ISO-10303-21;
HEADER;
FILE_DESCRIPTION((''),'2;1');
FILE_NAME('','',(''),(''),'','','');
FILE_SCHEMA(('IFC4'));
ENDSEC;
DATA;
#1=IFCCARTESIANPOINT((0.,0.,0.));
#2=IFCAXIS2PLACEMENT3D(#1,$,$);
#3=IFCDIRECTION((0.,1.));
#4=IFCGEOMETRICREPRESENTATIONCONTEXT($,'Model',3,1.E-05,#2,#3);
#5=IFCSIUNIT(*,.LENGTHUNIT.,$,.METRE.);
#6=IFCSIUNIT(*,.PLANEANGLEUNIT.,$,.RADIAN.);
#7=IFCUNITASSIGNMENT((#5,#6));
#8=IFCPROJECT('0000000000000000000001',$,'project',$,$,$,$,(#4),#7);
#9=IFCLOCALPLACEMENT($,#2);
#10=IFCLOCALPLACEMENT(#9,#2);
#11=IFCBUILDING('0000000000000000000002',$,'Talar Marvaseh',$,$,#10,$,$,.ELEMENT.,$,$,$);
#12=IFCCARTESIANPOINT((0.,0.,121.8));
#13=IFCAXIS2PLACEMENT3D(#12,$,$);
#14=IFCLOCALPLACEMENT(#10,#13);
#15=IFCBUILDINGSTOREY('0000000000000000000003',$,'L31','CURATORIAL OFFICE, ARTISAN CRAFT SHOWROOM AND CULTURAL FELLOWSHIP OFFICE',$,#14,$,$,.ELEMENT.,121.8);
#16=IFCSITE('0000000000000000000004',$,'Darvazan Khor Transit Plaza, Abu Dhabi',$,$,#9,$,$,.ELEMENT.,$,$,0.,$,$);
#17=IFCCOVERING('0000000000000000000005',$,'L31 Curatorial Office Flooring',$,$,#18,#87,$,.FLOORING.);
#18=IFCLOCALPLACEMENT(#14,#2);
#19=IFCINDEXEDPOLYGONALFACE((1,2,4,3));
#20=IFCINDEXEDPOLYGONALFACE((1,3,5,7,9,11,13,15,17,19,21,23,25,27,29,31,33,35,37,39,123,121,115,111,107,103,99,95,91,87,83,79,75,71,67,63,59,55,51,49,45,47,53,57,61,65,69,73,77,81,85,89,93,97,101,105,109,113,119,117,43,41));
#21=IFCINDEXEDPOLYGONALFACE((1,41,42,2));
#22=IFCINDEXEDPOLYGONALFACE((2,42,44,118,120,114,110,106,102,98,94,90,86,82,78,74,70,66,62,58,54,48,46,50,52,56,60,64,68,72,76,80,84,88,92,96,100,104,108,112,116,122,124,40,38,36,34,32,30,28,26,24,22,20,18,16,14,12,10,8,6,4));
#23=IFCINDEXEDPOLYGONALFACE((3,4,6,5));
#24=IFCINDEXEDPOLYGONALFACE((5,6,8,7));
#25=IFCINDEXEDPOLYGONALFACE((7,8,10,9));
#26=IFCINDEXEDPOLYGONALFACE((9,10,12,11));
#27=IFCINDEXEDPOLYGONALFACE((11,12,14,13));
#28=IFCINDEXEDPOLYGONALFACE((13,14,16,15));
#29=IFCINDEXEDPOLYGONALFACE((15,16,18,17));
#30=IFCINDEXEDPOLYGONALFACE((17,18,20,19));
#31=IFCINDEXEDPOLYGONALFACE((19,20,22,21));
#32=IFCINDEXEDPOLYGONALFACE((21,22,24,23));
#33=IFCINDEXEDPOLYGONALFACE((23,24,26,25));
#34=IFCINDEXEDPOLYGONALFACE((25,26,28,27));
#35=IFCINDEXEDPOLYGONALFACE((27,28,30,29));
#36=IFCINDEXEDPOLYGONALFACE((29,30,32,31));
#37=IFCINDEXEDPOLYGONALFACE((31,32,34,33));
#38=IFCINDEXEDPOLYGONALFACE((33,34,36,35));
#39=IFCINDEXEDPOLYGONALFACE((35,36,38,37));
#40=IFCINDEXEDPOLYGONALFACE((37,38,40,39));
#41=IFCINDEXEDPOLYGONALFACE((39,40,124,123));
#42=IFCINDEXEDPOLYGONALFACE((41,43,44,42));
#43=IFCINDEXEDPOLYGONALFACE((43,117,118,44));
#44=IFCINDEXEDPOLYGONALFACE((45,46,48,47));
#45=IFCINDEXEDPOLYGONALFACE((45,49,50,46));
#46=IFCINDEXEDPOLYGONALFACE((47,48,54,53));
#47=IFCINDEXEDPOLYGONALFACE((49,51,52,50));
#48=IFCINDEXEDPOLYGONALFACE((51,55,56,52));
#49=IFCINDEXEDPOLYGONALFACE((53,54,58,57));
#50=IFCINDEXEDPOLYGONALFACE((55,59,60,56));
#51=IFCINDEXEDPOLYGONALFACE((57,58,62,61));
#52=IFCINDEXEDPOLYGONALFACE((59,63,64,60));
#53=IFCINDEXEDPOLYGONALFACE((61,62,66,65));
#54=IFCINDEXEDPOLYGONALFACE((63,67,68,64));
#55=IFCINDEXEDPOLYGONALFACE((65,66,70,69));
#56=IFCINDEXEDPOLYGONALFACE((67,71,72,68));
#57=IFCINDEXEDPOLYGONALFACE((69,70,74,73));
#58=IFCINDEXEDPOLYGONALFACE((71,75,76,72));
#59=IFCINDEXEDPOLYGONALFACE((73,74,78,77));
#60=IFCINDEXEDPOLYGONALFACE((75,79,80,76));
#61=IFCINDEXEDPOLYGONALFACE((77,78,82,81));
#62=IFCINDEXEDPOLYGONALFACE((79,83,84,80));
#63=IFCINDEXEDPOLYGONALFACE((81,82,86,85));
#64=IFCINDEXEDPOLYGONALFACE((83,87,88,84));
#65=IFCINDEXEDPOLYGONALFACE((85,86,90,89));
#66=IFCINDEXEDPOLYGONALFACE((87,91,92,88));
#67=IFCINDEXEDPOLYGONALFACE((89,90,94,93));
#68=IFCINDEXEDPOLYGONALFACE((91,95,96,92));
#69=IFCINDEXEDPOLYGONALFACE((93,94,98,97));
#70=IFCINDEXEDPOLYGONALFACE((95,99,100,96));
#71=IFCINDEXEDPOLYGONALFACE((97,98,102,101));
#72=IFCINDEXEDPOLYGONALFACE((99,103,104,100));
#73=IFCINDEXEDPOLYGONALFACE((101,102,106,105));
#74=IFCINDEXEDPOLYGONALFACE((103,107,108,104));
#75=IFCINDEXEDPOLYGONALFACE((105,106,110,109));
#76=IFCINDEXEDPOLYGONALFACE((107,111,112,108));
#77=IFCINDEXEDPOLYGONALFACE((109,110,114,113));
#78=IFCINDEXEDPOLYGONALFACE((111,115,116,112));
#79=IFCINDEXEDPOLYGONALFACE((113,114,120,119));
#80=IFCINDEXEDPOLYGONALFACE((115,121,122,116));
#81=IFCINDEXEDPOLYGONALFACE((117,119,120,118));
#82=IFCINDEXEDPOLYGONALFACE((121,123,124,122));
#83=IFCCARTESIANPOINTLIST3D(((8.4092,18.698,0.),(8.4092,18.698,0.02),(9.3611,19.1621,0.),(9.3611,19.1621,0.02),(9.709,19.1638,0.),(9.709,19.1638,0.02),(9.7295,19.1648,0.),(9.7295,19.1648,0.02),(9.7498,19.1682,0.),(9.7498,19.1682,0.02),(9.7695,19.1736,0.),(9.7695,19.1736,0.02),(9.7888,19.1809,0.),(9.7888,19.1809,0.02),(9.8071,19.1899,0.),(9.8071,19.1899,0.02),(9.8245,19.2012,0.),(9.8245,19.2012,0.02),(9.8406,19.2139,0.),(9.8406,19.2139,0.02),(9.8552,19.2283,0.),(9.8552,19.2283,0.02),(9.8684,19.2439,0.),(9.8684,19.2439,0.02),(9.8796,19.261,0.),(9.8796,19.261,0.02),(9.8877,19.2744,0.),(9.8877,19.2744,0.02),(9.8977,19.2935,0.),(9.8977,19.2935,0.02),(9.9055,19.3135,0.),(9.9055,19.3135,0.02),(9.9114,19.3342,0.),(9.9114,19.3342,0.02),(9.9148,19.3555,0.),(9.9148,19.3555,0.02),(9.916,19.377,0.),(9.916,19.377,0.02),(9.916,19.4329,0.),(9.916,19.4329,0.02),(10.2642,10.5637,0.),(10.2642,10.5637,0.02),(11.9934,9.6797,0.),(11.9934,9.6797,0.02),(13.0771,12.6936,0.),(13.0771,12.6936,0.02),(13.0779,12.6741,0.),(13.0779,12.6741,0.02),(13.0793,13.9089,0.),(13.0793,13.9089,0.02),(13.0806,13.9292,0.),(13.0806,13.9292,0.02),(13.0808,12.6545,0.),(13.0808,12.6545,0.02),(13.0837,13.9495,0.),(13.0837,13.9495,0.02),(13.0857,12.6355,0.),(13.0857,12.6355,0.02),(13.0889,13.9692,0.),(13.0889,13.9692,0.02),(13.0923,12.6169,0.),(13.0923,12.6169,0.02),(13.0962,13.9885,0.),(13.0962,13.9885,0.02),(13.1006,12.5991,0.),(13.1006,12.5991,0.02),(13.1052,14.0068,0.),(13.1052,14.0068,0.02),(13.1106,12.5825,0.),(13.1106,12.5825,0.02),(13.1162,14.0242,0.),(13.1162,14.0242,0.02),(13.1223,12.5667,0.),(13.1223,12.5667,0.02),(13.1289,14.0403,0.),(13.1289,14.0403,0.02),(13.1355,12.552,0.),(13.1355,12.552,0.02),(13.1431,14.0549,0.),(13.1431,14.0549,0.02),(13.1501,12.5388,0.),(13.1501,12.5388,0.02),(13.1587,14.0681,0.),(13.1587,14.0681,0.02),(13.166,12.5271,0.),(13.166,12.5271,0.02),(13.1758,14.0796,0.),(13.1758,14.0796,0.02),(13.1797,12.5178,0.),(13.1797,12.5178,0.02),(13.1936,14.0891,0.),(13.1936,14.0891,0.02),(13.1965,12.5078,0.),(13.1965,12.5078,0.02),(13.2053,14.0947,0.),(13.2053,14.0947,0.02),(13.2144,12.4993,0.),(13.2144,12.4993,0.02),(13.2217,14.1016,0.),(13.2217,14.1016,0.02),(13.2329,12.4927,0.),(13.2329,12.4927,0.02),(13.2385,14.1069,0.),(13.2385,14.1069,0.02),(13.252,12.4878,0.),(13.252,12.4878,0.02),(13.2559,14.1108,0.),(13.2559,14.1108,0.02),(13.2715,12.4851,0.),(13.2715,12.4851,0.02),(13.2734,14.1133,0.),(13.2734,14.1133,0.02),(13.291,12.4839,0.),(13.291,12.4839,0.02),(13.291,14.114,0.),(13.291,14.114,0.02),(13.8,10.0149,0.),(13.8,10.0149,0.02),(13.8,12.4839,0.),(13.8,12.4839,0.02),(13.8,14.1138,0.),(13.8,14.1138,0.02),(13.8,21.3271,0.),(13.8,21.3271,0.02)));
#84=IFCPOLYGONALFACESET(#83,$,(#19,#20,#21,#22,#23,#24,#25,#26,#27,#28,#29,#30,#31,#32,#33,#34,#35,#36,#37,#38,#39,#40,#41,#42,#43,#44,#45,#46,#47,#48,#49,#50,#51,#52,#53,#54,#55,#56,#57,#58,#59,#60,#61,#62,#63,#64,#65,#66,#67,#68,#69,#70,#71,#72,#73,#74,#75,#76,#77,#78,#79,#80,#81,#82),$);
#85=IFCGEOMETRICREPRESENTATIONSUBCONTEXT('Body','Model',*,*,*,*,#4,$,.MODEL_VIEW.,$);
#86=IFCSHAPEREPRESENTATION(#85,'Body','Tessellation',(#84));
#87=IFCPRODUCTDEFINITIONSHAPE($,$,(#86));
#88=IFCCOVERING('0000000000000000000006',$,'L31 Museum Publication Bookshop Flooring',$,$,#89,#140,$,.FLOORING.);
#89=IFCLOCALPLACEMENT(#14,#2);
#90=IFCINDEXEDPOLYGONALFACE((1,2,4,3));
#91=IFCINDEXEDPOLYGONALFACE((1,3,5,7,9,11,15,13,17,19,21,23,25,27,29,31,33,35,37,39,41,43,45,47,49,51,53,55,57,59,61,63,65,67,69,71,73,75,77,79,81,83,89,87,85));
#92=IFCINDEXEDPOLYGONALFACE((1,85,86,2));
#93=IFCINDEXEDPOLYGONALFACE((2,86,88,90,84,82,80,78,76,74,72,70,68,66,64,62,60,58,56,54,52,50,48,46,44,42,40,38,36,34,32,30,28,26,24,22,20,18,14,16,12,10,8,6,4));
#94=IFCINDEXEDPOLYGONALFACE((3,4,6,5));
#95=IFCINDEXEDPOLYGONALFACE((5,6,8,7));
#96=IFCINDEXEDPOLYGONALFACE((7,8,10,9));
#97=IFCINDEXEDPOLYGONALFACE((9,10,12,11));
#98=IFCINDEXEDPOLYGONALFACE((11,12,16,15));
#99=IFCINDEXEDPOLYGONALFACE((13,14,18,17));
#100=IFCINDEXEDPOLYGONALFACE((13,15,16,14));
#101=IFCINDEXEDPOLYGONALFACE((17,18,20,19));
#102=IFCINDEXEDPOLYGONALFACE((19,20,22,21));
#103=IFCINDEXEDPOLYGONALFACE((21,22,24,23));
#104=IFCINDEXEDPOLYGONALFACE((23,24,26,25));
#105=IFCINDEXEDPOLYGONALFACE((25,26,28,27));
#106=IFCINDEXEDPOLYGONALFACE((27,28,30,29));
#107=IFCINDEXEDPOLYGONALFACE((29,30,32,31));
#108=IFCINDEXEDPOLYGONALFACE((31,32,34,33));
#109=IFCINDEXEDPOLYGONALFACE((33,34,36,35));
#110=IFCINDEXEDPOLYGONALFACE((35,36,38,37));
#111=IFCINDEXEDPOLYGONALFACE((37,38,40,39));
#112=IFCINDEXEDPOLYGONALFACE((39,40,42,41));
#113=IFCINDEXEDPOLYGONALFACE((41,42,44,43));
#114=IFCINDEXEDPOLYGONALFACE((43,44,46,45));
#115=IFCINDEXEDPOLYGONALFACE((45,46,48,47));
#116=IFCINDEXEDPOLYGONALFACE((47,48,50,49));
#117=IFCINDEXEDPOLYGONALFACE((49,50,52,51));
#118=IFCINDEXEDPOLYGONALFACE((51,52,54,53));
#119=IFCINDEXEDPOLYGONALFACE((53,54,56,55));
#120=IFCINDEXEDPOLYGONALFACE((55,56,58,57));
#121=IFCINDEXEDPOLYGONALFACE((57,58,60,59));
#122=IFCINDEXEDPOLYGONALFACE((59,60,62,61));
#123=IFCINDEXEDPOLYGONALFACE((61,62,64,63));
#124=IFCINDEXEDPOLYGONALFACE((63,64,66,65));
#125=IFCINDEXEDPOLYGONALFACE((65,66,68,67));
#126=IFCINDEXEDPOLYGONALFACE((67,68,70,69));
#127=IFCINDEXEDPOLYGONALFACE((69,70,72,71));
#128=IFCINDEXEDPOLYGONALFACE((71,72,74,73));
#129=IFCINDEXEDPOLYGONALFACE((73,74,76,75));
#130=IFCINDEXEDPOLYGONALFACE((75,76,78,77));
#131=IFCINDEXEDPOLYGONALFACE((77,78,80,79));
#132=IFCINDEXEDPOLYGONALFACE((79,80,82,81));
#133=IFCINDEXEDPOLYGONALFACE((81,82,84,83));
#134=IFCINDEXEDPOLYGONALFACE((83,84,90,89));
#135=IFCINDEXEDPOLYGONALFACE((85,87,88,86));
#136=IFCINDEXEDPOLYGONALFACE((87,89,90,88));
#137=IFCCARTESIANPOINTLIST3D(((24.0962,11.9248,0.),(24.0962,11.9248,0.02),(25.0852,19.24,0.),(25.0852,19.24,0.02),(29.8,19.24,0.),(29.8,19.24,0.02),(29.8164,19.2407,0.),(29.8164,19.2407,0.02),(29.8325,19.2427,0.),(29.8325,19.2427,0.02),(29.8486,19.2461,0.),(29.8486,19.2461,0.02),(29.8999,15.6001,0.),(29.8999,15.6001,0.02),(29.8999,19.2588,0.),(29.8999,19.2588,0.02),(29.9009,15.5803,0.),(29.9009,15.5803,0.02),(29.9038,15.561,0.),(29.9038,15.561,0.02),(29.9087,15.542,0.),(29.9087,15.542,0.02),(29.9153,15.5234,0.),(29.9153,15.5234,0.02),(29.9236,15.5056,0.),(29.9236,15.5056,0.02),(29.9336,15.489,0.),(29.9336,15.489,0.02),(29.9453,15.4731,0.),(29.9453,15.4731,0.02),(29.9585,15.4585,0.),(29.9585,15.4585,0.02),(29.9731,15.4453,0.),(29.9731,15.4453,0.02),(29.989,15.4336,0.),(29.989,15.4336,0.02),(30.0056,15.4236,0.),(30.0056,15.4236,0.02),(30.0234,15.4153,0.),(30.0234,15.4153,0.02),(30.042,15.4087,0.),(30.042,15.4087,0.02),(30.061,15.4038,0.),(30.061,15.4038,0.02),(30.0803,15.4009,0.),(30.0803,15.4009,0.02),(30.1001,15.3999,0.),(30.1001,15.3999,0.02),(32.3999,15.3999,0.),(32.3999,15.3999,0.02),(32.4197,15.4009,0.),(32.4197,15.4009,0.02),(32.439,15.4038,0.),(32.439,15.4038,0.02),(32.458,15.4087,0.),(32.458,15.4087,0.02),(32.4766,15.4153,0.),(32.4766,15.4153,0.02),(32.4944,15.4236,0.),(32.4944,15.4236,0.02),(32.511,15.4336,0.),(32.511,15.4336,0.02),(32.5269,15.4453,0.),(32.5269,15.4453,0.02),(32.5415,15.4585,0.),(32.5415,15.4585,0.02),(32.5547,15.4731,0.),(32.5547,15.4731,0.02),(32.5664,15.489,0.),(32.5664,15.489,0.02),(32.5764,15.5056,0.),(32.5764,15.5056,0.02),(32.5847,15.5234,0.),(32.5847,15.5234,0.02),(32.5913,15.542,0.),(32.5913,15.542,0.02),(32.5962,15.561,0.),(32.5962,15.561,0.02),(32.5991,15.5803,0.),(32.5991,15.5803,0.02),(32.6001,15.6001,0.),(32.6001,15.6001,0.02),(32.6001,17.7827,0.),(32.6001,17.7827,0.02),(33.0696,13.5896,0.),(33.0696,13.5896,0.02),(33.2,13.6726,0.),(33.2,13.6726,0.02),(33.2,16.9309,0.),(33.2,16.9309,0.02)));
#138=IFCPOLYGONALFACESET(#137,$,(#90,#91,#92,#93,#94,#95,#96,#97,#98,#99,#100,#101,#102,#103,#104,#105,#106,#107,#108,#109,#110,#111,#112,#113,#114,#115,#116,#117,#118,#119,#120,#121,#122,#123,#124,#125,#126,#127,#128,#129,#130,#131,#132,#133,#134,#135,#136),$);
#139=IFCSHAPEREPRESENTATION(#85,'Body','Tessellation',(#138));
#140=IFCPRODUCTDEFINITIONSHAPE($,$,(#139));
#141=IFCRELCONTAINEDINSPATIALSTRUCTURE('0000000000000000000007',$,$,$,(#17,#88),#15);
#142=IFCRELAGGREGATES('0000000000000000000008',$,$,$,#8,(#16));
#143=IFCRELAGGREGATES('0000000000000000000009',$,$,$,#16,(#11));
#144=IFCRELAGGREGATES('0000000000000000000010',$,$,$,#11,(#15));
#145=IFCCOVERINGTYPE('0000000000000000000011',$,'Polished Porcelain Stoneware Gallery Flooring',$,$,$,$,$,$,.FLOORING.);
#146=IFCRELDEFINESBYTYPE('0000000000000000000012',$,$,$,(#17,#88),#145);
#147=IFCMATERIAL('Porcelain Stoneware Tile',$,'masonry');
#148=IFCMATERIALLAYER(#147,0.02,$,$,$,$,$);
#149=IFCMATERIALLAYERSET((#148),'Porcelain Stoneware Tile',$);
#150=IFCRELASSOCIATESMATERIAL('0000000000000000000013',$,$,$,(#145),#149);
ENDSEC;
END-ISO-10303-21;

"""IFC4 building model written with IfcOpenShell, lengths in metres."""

from ifc_helpers import new_model, si_unit, direction, frame, origin, place, context, subcontext, project, spatial, polyline, outline, extrude, material, layer, layer_set, type_object, element, save


model = new_model("IFC4")

# Units and contexts
model_context = context("Model", 3, precision=1e-05, world=origin(), true_north=direction((0.0, 1.0)))
body_context = subcontext(model_context, "Body", "Model", "MODEL_VIEW")
ifc_project = project(units=[si_unit("LENGTHUNIT", "METRE"), si_unit("PLANEANGLEUNIT", "RADIAN")], contexts=[model_context])

# Site, building, storey
site_placement = place(None, origin())
site = spatial("IfcSite", under=ifc_project, at=site_placement, Name="Darvazan Khor Transit Plaza, Abu Dhabi", CompositionType="ELEMENT", RefElevation=0.0)
building_placement = place(site_placement, origin())
building = spatial("IfcBuilding", under=site, at=building_placement, Name="Talar Marvaseh", CompositionType="ELEMENT")
storey_placement = place(building_placement, frame((0.0, 0.0, 121.8)))
storey = spatial("IfcBuildingStorey", under=building, at=storey_placement, Name="L31", Description="CURATORIAL OFFICE, ARTISAN CRAFT SHOWROOM AND CULTURAL FELLOWSHIP OFFICE", CompositionType="ELEMENT", Elevation=121.8)

# Coverings
ifc_material_1 = material(Name="Porcelain Stoneware Tile", Category="masonry")
ifc_layer_1 = layer(ifc_material_1, 0.02)
ifc_layer_set_1 = layer_set([ifc_layer_1], Name="Porcelain Stoneware Tile")
covering_type_1 = type_object("IfcCoveringType", Name="Polished Porcelain Stoneware Gallery Flooring", PredefinedType="FLOORING", material=ifc_layer_set_1)
covering_1_placement = place(storey_placement, origin())
element("IfcCovering", 1, at=covering_1_placement, inside=storey, type_object=covering_type_1, Name="L31 Curatorial Office Flooring", PredefinedType="FLOORING", context=body_context, shape_type="SweptSolid", body=[
    extrude(outline(polyline([(9.3611, 19.1621), (9.709, 19.1638), (9.7295, 19.1648), (9.7498, 19.1682), (9.7695, 19.1736), (9.7888, 19.1809), (9.8071, 19.1899), (9.8245, 19.2012), (9.8406, 19.2139), (9.8552, 19.2283), (9.8684, 19.2439), (9.8796, 19.261), (9.8877, 19.2744), (9.8977, 19.2935), (9.9055, 19.3135), (9.9114, 19.3342), (9.9148, 19.3555), (9.916, 19.377), (9.916, 19.4329), (13.8, 21.3271), (13.8, 14.1138), (13.291, 14.114), (13.2734, 14.1133), (13.2559, 14.1108), (13.2385, 14.1069), (13.2217, 14.1016), (13.2053, 14.0947), (13.1936, 14.0891), (13.1758, 14.0796), (13.1587, 14.0681), (13.1431, 14.0549), (13.1289, 14.0403), (13.1162, 14.0242), (13.1052, 14.0068), (13.0962, 13.9885), (13.0889, 13.9692), (13.0837, 13.9495), (13.0806, 13.9292), (13.0793, 13.9089), (13.0771, 12.6936), (13.0779, 12.6741), (13.0808, 12.6545), (13.0857, 12.6355), (13.0923, 12.6169), (13.1006, 12.5991), (13.1106, 12.5825), (13.1223, 12.5667), (13.1355, 12.552), (13.1501, 12.5388), (13.166, 12.5271), (13.1797, 12.5178), (13.1965, 12.5078), (13.2144, 12.4993), (13.2329, 12.4927), (13.252, 12.4878), (13.2715, 12.4851), (13.291, 12.4839), (13.8, 12.4839), (13.8, 10.0149), (11.9934, 9.6797), (10.2642, 10.5637), (8.4092, 18.698), (9.3611, 19.1621)])), origin(), (0.0, 0.0, 1.0), 0.02),
])
covering_2_placement = place(storey_placement, origin())
element("IfcCovering", 2, at=covering_2_placement, inside=storey, type_object=covering_type_1, Name="L31 Museum Publication Bookshop Flooring", PredefinedType="FLOORING", context=body_context, shape_type="SweptSolid", body=[
    extrude(outline(polyline([(29.8, 19.24), (29.8164, 19.2407), (29.8325, 19.2427), (29.8486, 19.2461), (29.8999, 19.2588), (29.8999, 15.6001), (29.9009, 15.5803), (29.9038, 15.561), (29.9087, 15.542), (29.9153, 15.5234), (29.9236, 15.5056), (29.9336, 15.489), (29.9453, 15.4731), (29.9585, 15.4585), (29.9731, 15.4453), (29.989, 15.4336), (30.0056, 15.4236), (30.0234, 15.4153), (30.042, 15.4087), (30.061, 15.4038), (30.0803, 15.4009), (30.1001, 15.3999), (32.3999, 15.3999), (32.4197, 15.4009), (32.439, 15.4038), (32.458, 15.4087), (32.4766, 15.4153), (32.4944, 15.4236), (32.511, 15.4336), (32.5269, 15.4453), (32.5415, 15.4585), (32.5547, 15.4731), (32.5664, 15.489), (32.5764, 15.5056), (32.5847, 15.5234), (32.5913, 15.542), (32.5962, 15.561), (32.5991, 15.5803), (32.6001, 15.6001), (32.6001, 17.7827), (33.2, 16.9309), (33.2, 13.6726), (33.0696, 13.5896), (24.0962, 11.9248), (25.0852, 19.24), (29.8, 19.24)])), origin(), (0.0, 0.0, 1.0), 0.02),
])

save(model, "model.ifc")
